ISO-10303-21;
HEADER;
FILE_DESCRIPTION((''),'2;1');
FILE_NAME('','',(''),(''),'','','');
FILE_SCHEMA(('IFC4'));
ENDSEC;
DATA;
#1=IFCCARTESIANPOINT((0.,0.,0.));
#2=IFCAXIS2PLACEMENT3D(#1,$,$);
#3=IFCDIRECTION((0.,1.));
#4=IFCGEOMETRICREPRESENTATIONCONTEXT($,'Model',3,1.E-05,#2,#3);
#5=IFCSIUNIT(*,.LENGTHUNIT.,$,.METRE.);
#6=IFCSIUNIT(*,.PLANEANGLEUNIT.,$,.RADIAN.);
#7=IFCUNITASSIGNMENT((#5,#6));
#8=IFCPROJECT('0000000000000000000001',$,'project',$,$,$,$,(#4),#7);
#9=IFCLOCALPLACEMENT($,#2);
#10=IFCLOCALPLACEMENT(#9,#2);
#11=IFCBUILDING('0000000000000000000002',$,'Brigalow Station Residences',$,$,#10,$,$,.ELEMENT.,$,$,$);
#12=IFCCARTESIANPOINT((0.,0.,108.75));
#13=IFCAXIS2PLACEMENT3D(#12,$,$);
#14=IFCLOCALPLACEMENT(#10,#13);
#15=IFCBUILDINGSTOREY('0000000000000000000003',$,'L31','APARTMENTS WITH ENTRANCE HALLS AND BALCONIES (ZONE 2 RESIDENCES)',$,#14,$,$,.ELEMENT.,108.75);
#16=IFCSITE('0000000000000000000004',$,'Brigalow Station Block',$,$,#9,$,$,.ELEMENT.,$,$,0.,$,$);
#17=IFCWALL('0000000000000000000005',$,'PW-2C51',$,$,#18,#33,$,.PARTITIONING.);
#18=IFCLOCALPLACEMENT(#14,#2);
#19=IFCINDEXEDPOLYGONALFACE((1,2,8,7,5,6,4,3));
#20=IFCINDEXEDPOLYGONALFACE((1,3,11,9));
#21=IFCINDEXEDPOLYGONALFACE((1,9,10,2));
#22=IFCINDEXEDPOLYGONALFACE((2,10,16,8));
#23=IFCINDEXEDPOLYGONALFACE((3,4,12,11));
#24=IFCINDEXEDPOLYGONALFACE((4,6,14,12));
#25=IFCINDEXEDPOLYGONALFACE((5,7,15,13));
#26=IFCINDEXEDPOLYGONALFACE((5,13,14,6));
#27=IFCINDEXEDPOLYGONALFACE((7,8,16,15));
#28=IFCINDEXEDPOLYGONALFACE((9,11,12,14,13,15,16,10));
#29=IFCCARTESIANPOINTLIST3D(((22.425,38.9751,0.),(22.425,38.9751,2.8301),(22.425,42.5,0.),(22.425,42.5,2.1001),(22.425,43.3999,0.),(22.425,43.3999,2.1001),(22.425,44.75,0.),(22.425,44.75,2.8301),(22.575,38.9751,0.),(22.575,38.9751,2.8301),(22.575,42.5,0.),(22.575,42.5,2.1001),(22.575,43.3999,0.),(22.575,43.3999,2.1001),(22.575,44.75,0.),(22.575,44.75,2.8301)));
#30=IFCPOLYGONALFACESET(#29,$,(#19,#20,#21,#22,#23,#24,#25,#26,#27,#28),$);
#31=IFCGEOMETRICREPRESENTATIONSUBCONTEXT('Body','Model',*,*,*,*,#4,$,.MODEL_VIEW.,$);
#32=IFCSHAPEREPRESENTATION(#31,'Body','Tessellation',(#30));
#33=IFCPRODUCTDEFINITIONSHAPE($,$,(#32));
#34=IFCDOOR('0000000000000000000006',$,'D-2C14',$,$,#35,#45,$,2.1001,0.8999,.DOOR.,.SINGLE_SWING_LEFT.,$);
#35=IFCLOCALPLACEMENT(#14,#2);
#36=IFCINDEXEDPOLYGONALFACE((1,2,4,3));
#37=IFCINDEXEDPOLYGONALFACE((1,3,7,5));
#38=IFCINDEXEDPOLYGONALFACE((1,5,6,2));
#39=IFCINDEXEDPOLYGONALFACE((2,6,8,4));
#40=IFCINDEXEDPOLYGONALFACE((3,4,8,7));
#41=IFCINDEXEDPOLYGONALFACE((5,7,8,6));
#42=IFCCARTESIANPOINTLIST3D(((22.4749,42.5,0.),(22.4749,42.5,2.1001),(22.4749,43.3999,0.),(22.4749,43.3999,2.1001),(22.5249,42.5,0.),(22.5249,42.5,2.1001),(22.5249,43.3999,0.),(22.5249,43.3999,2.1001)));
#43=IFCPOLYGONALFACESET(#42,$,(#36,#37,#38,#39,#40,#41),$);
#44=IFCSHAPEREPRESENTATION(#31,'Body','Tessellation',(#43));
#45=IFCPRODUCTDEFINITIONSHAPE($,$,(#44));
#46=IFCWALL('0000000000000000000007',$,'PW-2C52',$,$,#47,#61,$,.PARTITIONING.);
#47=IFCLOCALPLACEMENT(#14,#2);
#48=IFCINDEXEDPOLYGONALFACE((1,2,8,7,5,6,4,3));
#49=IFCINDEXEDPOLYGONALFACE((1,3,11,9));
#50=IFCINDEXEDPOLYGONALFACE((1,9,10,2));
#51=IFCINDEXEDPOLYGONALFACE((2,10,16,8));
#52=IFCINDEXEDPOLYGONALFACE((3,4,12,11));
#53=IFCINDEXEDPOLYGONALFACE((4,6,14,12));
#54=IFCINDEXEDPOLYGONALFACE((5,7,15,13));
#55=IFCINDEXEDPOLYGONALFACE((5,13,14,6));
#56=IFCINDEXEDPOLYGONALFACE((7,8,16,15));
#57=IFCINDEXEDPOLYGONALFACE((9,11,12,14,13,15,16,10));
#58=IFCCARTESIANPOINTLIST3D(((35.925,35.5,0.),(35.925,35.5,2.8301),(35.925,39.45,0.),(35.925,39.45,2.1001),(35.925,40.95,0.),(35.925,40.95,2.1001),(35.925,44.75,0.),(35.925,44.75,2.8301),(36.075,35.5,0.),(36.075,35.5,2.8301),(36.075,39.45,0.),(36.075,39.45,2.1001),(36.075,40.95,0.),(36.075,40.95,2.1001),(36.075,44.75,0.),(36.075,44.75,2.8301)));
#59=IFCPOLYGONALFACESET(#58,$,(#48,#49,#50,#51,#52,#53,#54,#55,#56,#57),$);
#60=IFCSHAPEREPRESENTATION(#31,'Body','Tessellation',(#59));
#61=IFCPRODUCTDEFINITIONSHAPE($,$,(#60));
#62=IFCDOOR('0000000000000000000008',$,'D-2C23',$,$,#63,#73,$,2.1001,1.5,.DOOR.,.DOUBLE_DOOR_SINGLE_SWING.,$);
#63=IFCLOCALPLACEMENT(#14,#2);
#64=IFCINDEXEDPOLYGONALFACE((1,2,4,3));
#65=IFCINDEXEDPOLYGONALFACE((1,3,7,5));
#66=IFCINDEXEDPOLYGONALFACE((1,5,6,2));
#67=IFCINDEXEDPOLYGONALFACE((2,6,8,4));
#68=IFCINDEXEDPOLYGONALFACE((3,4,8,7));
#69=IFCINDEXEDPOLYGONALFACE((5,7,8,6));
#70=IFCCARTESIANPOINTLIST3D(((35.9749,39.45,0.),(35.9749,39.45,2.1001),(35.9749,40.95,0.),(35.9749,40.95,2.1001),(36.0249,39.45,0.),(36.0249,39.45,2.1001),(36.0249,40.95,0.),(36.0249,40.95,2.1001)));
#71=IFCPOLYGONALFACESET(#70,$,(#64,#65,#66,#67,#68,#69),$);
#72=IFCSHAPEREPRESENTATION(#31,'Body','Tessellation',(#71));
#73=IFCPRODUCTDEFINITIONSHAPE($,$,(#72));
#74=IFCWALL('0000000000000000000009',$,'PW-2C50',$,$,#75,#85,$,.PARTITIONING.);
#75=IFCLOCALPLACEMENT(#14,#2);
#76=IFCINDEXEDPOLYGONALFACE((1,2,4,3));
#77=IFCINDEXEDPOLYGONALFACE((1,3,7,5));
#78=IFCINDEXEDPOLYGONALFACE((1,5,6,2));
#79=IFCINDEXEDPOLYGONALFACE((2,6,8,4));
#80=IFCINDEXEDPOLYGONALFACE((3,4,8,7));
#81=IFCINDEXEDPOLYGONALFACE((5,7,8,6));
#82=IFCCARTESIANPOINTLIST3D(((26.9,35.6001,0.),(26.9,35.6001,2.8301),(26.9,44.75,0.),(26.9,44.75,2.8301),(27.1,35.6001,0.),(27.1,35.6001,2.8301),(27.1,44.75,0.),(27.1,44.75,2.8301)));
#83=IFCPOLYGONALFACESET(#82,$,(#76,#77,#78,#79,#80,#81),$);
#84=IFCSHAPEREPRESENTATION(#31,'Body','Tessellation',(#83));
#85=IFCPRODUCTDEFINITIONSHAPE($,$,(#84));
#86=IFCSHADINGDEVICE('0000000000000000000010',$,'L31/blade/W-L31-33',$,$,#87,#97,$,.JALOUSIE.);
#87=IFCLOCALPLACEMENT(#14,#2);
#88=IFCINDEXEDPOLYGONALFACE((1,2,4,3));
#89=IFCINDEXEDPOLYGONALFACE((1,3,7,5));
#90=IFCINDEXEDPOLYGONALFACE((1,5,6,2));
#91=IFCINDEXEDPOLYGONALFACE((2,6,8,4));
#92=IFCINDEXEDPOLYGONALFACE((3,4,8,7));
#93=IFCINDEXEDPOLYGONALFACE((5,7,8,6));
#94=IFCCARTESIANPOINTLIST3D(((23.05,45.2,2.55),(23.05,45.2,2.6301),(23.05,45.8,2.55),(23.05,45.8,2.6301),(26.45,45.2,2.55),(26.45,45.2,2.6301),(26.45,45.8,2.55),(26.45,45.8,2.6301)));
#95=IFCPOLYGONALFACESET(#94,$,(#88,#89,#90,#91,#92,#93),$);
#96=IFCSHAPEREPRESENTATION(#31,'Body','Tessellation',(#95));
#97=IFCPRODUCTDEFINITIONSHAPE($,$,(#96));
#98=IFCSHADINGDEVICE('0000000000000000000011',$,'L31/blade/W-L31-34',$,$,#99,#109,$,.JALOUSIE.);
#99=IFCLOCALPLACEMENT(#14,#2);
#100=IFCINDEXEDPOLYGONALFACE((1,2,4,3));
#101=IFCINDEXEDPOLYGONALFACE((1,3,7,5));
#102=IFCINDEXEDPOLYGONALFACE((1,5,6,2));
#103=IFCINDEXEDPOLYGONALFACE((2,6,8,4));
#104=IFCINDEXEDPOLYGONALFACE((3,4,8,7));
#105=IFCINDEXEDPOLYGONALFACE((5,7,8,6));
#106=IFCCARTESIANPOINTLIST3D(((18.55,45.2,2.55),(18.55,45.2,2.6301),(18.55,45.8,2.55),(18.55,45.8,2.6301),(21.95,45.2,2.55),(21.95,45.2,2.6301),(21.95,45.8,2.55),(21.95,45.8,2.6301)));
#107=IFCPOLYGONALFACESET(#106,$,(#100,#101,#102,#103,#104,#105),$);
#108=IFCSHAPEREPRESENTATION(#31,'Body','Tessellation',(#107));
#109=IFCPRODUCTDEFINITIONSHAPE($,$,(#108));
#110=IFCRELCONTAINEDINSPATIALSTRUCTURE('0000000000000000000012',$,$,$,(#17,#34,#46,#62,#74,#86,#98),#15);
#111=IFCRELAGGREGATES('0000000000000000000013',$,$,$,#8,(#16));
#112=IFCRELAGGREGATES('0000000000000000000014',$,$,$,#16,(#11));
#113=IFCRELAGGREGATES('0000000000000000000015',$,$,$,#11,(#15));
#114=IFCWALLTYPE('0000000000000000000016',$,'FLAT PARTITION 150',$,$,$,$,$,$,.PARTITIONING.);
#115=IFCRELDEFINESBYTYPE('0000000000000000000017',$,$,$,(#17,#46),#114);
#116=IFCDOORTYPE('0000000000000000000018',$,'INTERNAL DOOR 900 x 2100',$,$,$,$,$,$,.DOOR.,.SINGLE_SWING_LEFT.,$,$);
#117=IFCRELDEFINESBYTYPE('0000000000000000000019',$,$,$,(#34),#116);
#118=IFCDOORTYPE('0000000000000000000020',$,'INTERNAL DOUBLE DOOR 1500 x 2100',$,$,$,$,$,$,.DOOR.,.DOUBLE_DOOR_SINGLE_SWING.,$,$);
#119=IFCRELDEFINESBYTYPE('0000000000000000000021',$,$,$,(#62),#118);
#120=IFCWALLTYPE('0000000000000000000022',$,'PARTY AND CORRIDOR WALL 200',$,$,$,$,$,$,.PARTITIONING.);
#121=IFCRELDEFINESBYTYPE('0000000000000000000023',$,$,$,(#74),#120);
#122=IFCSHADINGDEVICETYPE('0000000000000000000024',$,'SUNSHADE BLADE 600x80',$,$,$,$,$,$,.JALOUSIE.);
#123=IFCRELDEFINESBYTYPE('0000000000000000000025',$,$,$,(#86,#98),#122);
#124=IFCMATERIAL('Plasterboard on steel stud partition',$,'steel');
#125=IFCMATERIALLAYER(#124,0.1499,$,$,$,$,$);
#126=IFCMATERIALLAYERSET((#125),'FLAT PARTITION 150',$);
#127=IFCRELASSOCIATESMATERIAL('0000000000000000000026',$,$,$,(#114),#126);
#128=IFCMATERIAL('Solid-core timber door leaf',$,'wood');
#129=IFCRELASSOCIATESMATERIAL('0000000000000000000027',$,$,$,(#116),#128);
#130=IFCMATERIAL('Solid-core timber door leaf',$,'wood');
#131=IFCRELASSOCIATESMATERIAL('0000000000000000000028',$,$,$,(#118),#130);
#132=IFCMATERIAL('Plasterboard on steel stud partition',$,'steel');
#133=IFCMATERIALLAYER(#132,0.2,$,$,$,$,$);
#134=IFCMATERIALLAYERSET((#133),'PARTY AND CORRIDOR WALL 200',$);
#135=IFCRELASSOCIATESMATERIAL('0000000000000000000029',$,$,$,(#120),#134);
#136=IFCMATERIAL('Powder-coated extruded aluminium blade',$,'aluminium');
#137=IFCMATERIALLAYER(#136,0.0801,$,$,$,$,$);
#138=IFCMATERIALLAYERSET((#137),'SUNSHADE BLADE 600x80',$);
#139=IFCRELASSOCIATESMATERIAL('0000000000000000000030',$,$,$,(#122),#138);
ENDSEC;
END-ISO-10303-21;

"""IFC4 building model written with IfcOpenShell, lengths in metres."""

from ifc_helpers import new_model, si_unit, direction, frame, frame_2d, origin, origin_2d, place, context, subcontext, project, spatial, rectangle, extrude, material, layer, layer_set, type_object, element, fill, save


model = new_model("IFC4")

# Units and contexts
model_context = context("Model", 3, precision=1e-05, world=origin(), true_north=direction((0.0, 1.0)))
body_context = subcontext(model_context, "Body", "Model", "MODEL_VIEW")
ifc_project = project(units=[si_unit("LENGTHUNIT", "METRE"), si_unit("PLANEANGLEUNIT", "RADIAN")], contexts=[model_context])

# Site, building, storey
site_placement = place(None, origin())
site = spatial("IfcSite", under=ifc_project, at=site_placement, Name="Brigalow Station Block", CompositionType="ELEMENT", RefElevation=0.0)
building_placement = place(site_placement, origin())
building = spatial("IfcBuilding", under=site, at=building_placement, Name="Brigalow Station Residences", CompositionType="ELEMENT")
storey_placement = place(building_placement, frame((0.0, 0.0, 108.75)))
storey = spatial("IfcBuildingStorey", under=building, at=storey_placement, Name="L31", Description="APARTMENTS WITH ENTRANCE HALLS AND BALCONIES (ZONE 2 RESIDENCES)", CompositionType="ELEMENT", Elevation=108.75)

# Walls, openings, doors
ifc_material_1 = material(Name="Plasterboard on steel stud partition", Category="steel")
ifc_layer_1 = layer(ifc_material_1, 0.1499)
ifc_layer_set_1 = layer_set([ifc_layer_1], Name="FLAT PARTITION 150")
wall_type_1 = type_object("IfcWallType", Name="FLAT PARTITION 150", PredefinedType="PARTITIONING", material=ifc_layer_set_1)
wall_1_placement = place(storey_placement, frame((22.5, 38.9751, 0.0), z_axis=(0.0, 0.0, 1.0), x_axis=(0.0, 1.0, 0.0)))
wall_1 = element("IfcWall", 1, at=wall_1_placement, inside=storey, type_object=wall_type_1, Name="PW-2C51", PredefinedType="PARTITIONING", context=body_context, shape_type="SweptSolid", body=[
    extrude(rectangle(XDim=5.7749, YDim=0.1499, at=frame_2d((2.8875, 0.0))), origin(), (0.0, 0.0, 1.0), 2.8301),
])
opening_1_placement = place(wall_1_placement, frame((3.5249, 0.0, 0.0)))
opening_1 = element("IfcOpeningElement", 2, at=opening_1_placement, cuts=wall_1, PredefinedType="OPENING", context=body_context, shape_type="SweptSolid", body=[
    extrude(rectangle(XDim=0.8999, YDim=2.1001, at=frame_2d((0.45, 1.05))), frame((0.0, 0.085, 0.0), z_axis=(0.0, -1.0, 0.0), x_axis=(1.0, 0.0, 0.0)), (0.0, 0.0, 1.0), 0.1699),
])
ifc_material_2 = material(Name="Solid-core timber door leaf", Category="wood")
door_type_1 = type_object("IfcDoorType", Name="INTERNAL DOOR 900 x 2100", OperationType="SINGLE_SWING_LEFT", PredefinedType="DOOR", material=ifc_material_2)
door_1_placement = place(opening_1_placement, frame((0.8999, 0.0, 0.0), z_axis=(0.0, 0.0, 1.0), x_axis=(-1.0, 0.0, 0.0)))
door_1 = element("IfcDoor", 3, at=door_1_placement, inside=storey, type_object=door_type_1, Name="D-2C14", OperationType="SINGLE_SWING_LEFT", OverallHeight=2.1001, OverallWidth=0.8999, PredefinedType="DOOR", context=body_context, shape_type="SweptSolid", body=[
    extrude(rectangle(XDim=0.8999, YDim=2.1001, at=frame_2d((0.45, 1.05))), frame((0.0, 0.0249, 0.0), z_axis=(0.0, -1.0, 0.0), x_axis=(1.0, 0.0, 0.0)), (0.0, 0.0, 1.0), 0.05),
])
fill(opening_1, door_1)
wall_2_placement = place(storey_placement, frame((36.0, 35.5, 0.0), z_axis=(0.0, 0.0, 1.0), x_axis=(0.0, 1.0, 0.0)))
wall_2 = element("IfcWall", 4, at=wall_2_placement, inside=storey, type_object=wall_type_1, Name="PW-2C52", PredefinedType="PARTITIONING", context=body_context, shape_type="SweptSolid", body=[
    extrude(rectangle(XDim=9.25, YDim=0.1499, at=frame_2d((4.625, 0.0))), origin(), (0.0, 0.0, 1.0), 2.8301),
])
opening_2_placement = place(wall_2_placement, frame((3.95, 0.0, 0.0)))
opening_2 = element("IfcOpeningElement", 5, at=opening_2_placement, cuts=wall_2, PredefinedType="OPENING", context=body_context, shape_type="SweptSolid", body=[
    extrude(rectangle(XDim=1.5, YDim=2.1001, at=frame_2d((0.75, 1.05))), frame((0.0, 0.085, 0.0), z_axis=(0.0, -1.0, 0.0), x_axis=(1.0, 0.0, 0.0)), (0.0, 0.0, 1.0), 0.1699),
])
ifc_material_3 = material(Name="Solid-core timber door leaf", Category="wood")
door_type_2 = type_object("IfcDoorType", Name="INTERNAL DOUBLE DOOR 1500 x 2100", OperationType="DOUBLE_DOOR_SINGLE_SWING", PredefinedType="DOOR", material=ifc_material_3)
door_2_placement = place(opening_2_placement, frame((1.5, 0.0, 0.0), z_axis=(0.0, 0.0, 1.0), x_axis=(-1.0, 0.0, 0.0)))
door_2 = element("IfcDoor", 6, at=door_2_placement, inside=storey, type_object=door_type_2, Name="D-2C23", OperationType="DOUBLE_DOOR_SINGLE_SWING", OverallHeight=2.1001, OverallWidth=1.5, PredefinedType="DOOR", context=body_context, shape_type="SweptSolid", body=[
    extrude(rectangle(XDim=1.5, YDim=2.1001, at=frame_2d((0.75, 1.05))), frame((0.0, 0.0249, 0.0), z_axis=(0.0, -1.0, 0.0), x_axis=(1.0, 0.0, 0.0)), (0.0, 0.0, 1.0), 0.05),
])
fill(opening_2, door_2)

# Wall
ifc_material_4 = material(Name="Plasterboard on steel stud partition", Category="steel")
ifc_layer_2 = layer(ifc_material_4, 0.2)
ifc_layer_set_2 = layer_set([ifc_layer_2], Name="PARTY AND CORRIDOR WALL 200")
wall_type_2 = type_object("IfcWallType", Name="PARTY AND CORRIDOR WALL 200", PredefinedType="PARTITIONING", material=ifc_layer_set_2)
wall_3_placement = place(storey_placement, frame((27.0, 35.6001, 0.0), z_axis=(0.0, 0.0, 1.0), x_axis=(0.0, 1.0, 0.0)))
element("IfcWall", 7, at=wall_3_placement, inside=storey, type_object=wall_type_2, Name="PW-2C50", PredefinedType="PARTITIONING", context=body_context, shape_type="SweptSolid", body=[
    extrude(rectangle(XDim=9.1499, YDim=0.2, at=frame_2d((4.575, 0.0))), origin(), (0.0, 0.0, 1.0), 2.8301),
])

# Shading devices
ifc_material_5 = material(Name="Powder-coated extruded aluminium blade", Category="aluminium")
ifc_layer_3 = layer(ifc_material_5, 0.0801)
ifc_layer_set_3 = layer_set([ifc_layer_3], Name="SUNSHADE BLADE 600x80")
shading_device_type = type_object("IfcShadingDeviceType", Name="SUNSHADE BLADE 600x80", PredefinedType="JALOUSIE", material=ifc_layer_set_3)
for number, where, z_axis, x_axis, name in (
    (8, (24.75, 45.5, 2.55), (0.0, 0.0, 1.0), (-1.0, 0.0, 0.0), "L31/blade/W-L31-33"),
    (9, (20.25, 45.5, 2.55), (0.0, 0.0, 1.0), (-1.0, 0.0, 0.0), "L31/blade/W-L31-34"),
):
    element("IfcShadingDevice", number, at=place(storey_placement, frame(where, z_axis=z_axis, x_axis=x_axis)), inside=storey, type_object=shading_device_type, Name=name, PredefinedType="JALOUSIE", context=body_context, shape_type="SweptSolid", body=[
        extrude(rectangle(XDim=3.3999, YDim=0.6001, at=origin_2d()), origin(), (0.0, 0.0, 1.0), 0.0801),
    ])

save(model, "model.ifc")
